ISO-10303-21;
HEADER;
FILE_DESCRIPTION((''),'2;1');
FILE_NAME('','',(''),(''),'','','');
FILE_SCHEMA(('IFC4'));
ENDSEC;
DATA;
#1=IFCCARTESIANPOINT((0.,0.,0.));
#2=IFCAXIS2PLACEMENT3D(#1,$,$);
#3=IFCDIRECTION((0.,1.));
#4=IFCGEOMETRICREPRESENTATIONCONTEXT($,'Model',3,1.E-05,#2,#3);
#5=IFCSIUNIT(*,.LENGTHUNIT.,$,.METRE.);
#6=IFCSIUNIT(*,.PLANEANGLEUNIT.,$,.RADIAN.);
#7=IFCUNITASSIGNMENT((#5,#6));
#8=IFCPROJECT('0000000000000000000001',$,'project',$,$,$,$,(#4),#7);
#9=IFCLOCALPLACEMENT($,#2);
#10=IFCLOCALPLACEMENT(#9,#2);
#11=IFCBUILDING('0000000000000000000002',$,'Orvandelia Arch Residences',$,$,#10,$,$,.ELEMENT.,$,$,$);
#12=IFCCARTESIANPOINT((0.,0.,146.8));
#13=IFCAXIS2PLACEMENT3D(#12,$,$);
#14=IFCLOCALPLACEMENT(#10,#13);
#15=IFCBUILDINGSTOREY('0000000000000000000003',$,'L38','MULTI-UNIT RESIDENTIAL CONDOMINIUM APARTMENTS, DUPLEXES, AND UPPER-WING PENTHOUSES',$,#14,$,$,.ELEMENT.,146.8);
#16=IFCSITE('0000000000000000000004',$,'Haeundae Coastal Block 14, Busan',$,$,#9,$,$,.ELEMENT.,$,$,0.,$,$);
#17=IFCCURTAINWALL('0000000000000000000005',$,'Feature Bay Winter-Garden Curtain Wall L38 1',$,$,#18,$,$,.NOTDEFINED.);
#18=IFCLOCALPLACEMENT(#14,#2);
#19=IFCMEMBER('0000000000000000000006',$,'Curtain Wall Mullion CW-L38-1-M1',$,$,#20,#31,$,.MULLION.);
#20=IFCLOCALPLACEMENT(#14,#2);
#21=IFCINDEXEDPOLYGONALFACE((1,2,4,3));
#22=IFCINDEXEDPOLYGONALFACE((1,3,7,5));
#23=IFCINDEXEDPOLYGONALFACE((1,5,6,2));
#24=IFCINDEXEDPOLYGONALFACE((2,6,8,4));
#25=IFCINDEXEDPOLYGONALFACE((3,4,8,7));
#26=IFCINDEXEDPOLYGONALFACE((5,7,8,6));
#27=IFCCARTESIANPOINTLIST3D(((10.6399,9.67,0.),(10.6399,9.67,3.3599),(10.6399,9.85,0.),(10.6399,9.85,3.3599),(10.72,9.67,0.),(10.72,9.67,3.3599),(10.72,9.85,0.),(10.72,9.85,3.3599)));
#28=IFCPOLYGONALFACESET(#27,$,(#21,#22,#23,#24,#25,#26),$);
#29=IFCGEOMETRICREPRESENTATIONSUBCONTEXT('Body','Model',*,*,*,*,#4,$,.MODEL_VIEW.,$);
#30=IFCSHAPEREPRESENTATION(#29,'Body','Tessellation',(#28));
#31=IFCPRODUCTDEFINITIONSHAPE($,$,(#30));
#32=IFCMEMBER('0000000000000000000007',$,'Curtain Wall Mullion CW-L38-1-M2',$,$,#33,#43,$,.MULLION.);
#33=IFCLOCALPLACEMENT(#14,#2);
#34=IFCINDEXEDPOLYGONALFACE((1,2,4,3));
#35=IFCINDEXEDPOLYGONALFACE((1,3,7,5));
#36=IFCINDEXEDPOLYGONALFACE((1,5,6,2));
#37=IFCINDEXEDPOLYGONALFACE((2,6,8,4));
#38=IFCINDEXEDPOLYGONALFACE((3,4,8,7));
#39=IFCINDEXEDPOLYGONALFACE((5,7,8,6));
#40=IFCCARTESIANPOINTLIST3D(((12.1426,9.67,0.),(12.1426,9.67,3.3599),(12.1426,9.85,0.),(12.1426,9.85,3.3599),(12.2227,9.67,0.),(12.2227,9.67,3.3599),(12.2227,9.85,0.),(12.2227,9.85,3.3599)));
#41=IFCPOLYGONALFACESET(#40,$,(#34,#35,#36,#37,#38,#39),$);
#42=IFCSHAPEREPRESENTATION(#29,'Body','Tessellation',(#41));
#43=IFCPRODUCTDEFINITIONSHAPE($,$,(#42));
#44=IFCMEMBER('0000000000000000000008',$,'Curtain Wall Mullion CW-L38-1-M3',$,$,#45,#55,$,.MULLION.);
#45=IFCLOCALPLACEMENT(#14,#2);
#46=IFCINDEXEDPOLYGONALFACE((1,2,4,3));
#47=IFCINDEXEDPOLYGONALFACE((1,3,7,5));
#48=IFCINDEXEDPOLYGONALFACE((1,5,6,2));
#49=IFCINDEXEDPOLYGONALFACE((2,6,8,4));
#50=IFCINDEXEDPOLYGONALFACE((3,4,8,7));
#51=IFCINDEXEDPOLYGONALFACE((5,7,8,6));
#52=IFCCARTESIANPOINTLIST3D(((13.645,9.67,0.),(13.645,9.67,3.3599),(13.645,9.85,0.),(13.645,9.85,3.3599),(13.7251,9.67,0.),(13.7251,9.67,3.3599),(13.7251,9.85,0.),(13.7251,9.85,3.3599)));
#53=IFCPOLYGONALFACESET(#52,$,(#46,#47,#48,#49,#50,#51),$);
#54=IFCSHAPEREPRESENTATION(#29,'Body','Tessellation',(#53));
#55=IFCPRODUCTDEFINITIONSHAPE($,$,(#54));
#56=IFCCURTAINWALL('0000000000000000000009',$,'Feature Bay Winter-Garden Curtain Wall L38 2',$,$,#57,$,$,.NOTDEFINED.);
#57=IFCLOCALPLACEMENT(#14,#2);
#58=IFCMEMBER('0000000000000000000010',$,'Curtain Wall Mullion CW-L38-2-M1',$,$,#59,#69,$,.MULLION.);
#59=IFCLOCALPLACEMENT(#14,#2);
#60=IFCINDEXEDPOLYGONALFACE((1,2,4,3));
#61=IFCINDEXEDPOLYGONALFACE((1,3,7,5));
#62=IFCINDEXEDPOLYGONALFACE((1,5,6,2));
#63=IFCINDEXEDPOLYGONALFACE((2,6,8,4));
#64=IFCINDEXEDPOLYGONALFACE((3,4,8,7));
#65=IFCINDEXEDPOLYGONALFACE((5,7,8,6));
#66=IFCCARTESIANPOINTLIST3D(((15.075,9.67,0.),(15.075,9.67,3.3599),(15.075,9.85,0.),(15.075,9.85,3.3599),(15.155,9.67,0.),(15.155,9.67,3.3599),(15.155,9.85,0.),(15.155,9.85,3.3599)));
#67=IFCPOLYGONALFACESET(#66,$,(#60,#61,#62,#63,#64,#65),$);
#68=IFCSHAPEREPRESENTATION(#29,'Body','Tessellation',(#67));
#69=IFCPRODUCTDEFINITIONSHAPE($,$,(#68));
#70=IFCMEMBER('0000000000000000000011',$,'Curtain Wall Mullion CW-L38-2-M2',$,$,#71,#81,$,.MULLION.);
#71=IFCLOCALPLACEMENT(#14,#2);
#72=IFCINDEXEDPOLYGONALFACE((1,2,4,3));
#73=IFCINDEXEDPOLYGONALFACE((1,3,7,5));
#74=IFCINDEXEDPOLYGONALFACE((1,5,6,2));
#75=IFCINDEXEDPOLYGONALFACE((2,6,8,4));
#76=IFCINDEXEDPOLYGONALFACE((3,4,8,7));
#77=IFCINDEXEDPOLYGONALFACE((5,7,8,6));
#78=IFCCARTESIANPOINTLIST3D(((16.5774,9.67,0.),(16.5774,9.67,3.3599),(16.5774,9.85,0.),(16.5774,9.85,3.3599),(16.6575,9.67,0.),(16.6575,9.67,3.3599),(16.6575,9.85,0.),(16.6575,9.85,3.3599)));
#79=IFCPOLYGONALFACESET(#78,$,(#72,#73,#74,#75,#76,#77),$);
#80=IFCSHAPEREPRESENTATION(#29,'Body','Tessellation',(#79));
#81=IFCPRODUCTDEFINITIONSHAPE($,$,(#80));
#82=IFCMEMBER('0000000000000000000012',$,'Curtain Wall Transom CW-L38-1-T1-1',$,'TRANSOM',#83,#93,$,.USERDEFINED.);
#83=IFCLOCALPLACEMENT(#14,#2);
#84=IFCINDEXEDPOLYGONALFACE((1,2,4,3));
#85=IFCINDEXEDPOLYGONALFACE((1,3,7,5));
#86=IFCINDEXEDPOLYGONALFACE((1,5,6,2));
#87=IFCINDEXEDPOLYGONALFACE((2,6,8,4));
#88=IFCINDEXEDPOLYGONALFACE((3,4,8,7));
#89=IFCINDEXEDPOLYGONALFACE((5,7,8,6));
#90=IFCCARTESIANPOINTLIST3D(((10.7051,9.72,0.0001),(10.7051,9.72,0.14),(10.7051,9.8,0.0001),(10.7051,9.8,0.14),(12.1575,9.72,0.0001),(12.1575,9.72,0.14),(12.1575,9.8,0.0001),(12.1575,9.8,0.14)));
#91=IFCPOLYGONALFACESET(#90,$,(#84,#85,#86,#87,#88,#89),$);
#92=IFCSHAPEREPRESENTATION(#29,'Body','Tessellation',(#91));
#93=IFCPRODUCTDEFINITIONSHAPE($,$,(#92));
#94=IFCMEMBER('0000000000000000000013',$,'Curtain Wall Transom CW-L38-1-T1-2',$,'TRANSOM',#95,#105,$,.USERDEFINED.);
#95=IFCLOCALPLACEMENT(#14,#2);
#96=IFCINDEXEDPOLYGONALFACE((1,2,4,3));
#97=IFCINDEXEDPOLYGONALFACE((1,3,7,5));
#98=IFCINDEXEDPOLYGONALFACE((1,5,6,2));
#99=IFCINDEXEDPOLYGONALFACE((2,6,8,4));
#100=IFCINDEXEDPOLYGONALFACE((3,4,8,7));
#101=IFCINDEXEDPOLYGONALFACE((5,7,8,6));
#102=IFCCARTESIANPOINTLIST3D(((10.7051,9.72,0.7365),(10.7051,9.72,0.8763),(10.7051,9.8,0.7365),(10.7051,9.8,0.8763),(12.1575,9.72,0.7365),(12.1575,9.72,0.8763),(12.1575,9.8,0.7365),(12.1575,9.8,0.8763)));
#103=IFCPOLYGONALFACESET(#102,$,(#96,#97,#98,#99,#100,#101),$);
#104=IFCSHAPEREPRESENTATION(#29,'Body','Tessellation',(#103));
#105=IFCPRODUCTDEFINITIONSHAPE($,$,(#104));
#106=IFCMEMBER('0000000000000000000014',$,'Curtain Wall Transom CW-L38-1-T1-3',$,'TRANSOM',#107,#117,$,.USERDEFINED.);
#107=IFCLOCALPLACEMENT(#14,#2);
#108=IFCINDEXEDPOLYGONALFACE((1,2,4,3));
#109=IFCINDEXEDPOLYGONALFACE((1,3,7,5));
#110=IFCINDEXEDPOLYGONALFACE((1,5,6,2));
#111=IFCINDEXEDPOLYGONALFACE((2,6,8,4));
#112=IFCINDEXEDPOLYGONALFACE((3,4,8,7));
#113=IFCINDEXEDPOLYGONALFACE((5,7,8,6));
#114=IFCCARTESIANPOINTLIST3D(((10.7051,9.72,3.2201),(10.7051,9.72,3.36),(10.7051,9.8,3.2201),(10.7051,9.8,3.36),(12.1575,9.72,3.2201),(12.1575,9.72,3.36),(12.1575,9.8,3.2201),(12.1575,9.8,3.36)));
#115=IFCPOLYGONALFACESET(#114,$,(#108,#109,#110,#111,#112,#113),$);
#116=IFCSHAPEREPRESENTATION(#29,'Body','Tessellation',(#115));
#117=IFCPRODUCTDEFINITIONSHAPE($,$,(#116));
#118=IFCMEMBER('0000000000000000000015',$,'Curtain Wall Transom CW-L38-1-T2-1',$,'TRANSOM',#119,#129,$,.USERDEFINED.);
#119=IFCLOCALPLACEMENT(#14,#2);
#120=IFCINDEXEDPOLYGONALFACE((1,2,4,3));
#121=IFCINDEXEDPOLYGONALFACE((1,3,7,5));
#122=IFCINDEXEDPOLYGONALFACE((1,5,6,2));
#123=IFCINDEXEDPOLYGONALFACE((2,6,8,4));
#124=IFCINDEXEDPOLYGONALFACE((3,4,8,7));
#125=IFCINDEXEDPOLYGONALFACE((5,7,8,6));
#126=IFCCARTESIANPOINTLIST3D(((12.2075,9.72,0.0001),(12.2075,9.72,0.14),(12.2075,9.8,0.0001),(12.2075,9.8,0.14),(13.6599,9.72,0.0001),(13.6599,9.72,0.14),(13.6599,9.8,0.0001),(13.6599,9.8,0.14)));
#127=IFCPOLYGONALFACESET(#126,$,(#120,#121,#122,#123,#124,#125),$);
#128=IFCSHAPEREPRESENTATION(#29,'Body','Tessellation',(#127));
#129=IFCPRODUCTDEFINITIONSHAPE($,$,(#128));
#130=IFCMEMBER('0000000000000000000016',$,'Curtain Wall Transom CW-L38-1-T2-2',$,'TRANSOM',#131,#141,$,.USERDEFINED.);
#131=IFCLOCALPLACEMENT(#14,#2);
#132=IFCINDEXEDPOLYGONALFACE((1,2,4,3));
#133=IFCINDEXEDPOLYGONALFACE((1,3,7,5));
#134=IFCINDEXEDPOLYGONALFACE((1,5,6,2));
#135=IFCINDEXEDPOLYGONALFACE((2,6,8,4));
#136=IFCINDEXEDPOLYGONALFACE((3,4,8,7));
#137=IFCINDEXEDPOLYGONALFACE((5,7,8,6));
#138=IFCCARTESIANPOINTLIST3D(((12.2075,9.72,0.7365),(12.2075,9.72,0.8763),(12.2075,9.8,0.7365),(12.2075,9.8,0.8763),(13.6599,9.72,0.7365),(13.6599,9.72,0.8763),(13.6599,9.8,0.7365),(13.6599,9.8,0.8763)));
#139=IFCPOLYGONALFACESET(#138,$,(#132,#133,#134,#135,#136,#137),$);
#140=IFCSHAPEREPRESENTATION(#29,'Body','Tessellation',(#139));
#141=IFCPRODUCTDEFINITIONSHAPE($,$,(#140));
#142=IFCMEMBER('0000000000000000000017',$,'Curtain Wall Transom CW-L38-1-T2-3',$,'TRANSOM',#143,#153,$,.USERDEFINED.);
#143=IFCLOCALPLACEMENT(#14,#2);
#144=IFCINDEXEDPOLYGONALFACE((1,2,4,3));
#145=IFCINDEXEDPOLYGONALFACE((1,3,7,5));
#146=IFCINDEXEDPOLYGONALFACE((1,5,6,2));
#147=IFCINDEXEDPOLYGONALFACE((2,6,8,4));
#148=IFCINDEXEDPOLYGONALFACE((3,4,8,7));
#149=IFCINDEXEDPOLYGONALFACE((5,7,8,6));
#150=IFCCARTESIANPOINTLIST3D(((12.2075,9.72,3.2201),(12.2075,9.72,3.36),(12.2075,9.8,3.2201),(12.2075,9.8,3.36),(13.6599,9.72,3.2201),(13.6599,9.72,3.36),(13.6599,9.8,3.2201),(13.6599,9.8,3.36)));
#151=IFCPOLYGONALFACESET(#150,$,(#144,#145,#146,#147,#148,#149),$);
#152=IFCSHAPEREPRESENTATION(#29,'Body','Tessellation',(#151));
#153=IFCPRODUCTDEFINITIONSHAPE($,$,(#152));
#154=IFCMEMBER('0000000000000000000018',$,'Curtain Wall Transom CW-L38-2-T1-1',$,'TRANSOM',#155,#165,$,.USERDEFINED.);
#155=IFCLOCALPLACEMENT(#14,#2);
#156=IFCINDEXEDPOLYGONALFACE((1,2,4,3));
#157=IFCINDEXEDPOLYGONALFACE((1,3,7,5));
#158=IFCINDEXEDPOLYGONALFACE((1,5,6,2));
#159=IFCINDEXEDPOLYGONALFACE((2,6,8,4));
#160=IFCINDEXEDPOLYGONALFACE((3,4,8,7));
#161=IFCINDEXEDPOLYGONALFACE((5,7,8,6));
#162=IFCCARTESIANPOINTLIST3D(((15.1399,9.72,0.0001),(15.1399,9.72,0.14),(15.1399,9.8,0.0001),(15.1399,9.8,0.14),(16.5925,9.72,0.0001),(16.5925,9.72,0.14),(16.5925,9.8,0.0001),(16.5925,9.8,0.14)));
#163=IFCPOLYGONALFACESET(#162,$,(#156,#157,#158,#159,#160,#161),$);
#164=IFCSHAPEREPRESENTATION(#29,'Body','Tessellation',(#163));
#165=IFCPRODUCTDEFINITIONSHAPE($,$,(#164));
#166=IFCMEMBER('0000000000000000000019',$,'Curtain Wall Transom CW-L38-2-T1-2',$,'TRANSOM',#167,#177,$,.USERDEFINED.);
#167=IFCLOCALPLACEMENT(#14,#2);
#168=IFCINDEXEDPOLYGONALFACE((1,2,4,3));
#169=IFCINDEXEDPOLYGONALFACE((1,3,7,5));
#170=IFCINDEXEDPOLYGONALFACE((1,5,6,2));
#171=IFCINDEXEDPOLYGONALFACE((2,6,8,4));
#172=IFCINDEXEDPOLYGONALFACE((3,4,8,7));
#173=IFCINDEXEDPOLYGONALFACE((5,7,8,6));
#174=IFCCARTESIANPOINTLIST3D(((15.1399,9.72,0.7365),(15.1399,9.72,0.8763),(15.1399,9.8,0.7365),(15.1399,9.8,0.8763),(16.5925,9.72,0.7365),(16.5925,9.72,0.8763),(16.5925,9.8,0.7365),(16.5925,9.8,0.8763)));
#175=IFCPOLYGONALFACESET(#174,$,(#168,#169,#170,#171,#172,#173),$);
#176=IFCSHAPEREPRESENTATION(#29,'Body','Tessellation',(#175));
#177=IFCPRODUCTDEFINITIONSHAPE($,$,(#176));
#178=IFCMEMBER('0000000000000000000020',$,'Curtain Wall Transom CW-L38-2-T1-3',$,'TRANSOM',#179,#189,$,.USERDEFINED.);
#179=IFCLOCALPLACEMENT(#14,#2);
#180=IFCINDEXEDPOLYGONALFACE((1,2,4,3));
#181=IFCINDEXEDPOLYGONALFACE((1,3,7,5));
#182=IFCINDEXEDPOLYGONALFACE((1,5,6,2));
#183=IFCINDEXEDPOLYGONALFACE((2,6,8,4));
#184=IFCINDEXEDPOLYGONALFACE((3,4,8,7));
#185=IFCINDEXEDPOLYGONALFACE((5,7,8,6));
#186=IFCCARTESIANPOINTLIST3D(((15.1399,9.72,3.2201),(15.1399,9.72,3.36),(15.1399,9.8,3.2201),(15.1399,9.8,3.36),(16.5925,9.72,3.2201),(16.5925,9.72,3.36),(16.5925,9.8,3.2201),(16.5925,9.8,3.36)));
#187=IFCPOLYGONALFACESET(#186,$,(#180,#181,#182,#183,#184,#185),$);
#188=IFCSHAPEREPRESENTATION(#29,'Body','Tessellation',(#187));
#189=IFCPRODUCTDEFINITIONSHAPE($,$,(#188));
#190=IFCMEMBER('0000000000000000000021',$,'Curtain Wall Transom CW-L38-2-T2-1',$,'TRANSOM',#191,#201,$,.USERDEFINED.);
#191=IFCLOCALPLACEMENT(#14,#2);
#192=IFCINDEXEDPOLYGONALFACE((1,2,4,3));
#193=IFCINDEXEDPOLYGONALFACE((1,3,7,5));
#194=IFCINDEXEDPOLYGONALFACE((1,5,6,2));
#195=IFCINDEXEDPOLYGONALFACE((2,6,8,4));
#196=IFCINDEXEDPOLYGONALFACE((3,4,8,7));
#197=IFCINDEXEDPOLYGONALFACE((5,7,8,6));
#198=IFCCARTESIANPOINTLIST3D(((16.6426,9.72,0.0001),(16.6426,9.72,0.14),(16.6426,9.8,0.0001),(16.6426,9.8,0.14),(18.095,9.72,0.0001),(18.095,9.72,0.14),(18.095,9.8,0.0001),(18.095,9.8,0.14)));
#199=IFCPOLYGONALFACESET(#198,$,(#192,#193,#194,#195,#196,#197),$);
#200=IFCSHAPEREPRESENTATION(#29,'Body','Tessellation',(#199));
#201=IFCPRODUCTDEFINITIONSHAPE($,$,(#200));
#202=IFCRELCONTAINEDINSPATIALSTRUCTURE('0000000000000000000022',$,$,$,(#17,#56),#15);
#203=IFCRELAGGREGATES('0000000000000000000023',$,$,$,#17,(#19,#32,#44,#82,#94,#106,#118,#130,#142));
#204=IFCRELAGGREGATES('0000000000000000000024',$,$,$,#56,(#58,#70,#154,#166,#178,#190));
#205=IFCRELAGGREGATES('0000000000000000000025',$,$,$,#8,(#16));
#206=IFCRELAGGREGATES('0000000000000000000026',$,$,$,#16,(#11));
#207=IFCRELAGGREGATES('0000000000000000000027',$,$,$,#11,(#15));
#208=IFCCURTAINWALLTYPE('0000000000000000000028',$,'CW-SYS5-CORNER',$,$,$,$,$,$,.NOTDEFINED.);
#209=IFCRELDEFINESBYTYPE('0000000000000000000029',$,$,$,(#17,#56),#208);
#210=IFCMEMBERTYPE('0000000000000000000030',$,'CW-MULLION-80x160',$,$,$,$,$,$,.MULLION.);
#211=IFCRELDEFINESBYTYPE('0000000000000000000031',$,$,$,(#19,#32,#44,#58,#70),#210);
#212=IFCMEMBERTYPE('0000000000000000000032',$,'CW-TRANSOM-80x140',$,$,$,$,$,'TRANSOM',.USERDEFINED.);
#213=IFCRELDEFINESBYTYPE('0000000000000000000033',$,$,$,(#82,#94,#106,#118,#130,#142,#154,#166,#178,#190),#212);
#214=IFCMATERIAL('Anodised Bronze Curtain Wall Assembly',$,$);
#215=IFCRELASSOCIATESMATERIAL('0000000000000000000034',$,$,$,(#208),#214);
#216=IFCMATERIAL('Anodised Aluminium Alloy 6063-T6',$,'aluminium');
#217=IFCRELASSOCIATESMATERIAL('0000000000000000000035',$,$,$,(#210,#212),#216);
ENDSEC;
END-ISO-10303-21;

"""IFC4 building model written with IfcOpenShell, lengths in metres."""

from ifc_helpers import new_model, si_unit, direction, frame, origin, origin_2d, place, context, subcontext, project, spatial, rectangle, extrude, material, material_profile, profile_set, type_object, element, aggregate, save


model = new_model("IFC4")

# Units and contexts
model_context = context("Model", 3, precision=1e-05, world=origin(), true_north=direction((0.0, 1.0)))
body_context = subcontext(model_context, "Body", "Model", "MODEL_VIEW")
ifc_project = project(units=[si_unit("LENGTHUNIT", "METRE"), si_unit("PLANEANGLEUNIT", "RADIAN")], contexts=[model_context])

# Site, building, storey
site_placement = place(None, origin())
site = spatial("IfcSite", under=ifc_project, at=site_placement, Name="Haeundae Coastal Block 14, Busan", CompositionType="ELEMENT", RefElevation=0.0)
building_placement = place(site_placement, origin())
building = spatial("IfcBuilding", under=site, at=building_placement, Name="Orvandelia Arch Residences", CompositionType="ELEMENT")
storey_placement = place(building_placement, frame((0.0, 0.0, 146.8)))
storey = spatial("IfcBuildingStorey", under=building, at=storey_placement, Name="L38", Description="MULTI-UNIT RESIDENTIAL CONDOMINIUM APARTMENTS, DUPLEXES, AND UPPER-WING PENTHOUSES", CompositionType="ELEMENT", Elevation=146.8)

# Curtain walls, members
ifc_material_1 = material(Name="Anodised Bronze Curtain Wall Assembly")
curtain_wall_type = type_object("IfcCurtainWallType", Name="CW-SYS5-CORNER", PredefinedType="NOTDEFINED", material=ifc_material_1)
curtain_wall_1_placement = place(storey_placement, origin())
curtain_wall_1 = element("IfcCurtainWall", 1, at=curtain_wall_1_placement, inside=storey, type_object=curtain_wall_type, Name="Feature Bay Winter-Garden Curtain Wall L38 1", PredefinedType="NOTDEFINED")
ifc_material_2 = material(Name="Anodised Aluminium Alloy 6063-T6", Category="aluminium")
ifc_material_profile_1 = material_profile(ifc_material_2, rectangle(XDim=0.0801, YDim=0.1799, at=origin_2d()), Name="Anodised Aluminium Alloy 6063-T6", Category="aluminium")
ifc_profile_set_1 = profile_set([ifc_material_profile_1], Name="Anodised Aluminium Alloy 6063-T6")
member_type_1 = type_object("IfcMemberType", Name="CW-MULLION-80x160", PredefinedType="MULLION", material=ifc_profile_set_1)
member_1_placement = place(storey_placement, frame((10.6799, 9.76, 0.0), z_axis=(0.0, 0.0, 1.0), x_axis=(1.0, 0.0, 0.0)))
member_1 = element("IfcMember", 2, at=member_1_placement, type_object=member_type_1, Name="Curtain Wall Mullion CW-L38-1-M1", PredefinedType="MULLION", context=body_context, shape_type="SweptSolid", body=[
    extrude(rectangle(XDim=0.0801, YDim=0.1799, at=origin_2d()), origin(), (0.0, 0.0, 1.0), 3.3599),
])
member_2_placement = place(storey_placement, frame((12.1826, 9.76, 0.0), z_axis=(0.0, 0.0, 1.0), x_axis=(1.0, 0.0, 0.0)))
member_2 = element("IfcMember", 3, at=member_2_placement, type_object=member_type_1, Name="Curtain Wall Mullion CW-L38-1-M2", PredefinedType="MULLION", context=body_context, shape_type="SweptSolid", body=[
    extrude(rectangle(XDim=0.0801, YDim=0.1799, at=origin_2d()), origin(), (0.0, 0.0, 1.0), 3.3599),
])
member_3_placement = place(storey_placement, frame((13.6851, 9.76, 0.0), z_axis=(0.0, 0.0, 1.0), x_axis=(1.0, 0.0, 0.0)))
member_3 = element("IfcMember", 4, at=member_3_placement, type_object=member_type_1, Name="Curtain Wall Mullion CW-L38-1-M3", PredefinedType="MULLION", context=body_context, shape_type="SweptSolid", body=[
    extrude(rectangle(XDim=0.0801, YDim=0.1799, at=origin_2d()), origin(), (0.0, 0.0, 1.0), 3.3599),
])
curtain_wall_2_placement = place(storey_placement, origin())
curtain_wall_2 = element("IfcCurtainWall", 5, at=curtain_wall_2_placement, inside=storey, type_object=curtain_wall_type, Name="Feature Bay Winter-Garden Curtain Wall L38 2", PredefinedType="NOTDEFINED")
member_4_placement = place(storey_placement, frame((15.115, 9.76, 0.0), z_axis=(0.0, 0.0, 1.0), x_axis=(1.0, 0.0, 0.0)))
member_4 = element("IfcMember", 6, at=member_4_placement, type_object=member_type_1, Name="Curtain Wall Mullion CW-L38-2-M1", PredefinedType="MULLION", context=body_context, shape_type="SweptSolid", body=[
    extrude(rectangle(XDim=0.0801, YDim=0.1799, at=origin_2d()), origin(), (0.0, 0.0, 1.0), 3.3599),
])
member_5_placement = place(storey_placement, frame((16.6174, 9.76, 0.0), z_axis=(0.0, 0.0, 1.0), x_axis=(1.0, 0.0, 0.0)))
member_5 = element("IfcMember", 7, at=member_5_placement, type_object=member_type_1, Name="Curtain Wall Mullion CW-L38-2-M2", PredefinedType="MULLION", context=body_context, shape_type="SweptSolid", body=[
    extrude(rectangle(XDim=0.0801, YDim=0.1799, at=origin_2d()), origin(), (0.0, 0.0, 1.0), 3.3599),
])

# Members
ifc_material_profile_2 = material_profile(ifc_material_2, rectangle(XDim=0.0801, YDim=0.1399, at=origin_2d()), Name="Anodised Aluminium Alloy 6063-T6", Category="aluminium")
ifc_profile_set_2 = profile_set([ifc_material_profile_2], Name="Anodised Aluminium Alloy 6063-T6")
member_type_2 = type_object("IfcMemberType", Name="CW-TRANSOM-80x140", ElementType="TRANSOM", PredefinedType="USERDEFINED", material=ifc_profile_set_2)
member_6_placement = place(storey_placement, frame((10.7051, 9.76, 0.0701), z_axis=(1.0, 0.0, 0.0), x_axis=(0.0, 1.0, 0.0)))
member_6 = element("IfcMember", 8, at=member_6_placement, type_object=member_type_2, Name="Curtain Wall Transom CW-L38-1-T1-1", ObjectType="TRANSOM", PredefinedType="USERDEFINED", context=body_context, shape_type="SweptSolid", body=[
    extrude(rectangle(XDim=0.0801, YDim=0.1399, at=origin_2d()), origin(), (0.0, 0.0, 1.0), 1.4524),
])
member_7_placement = place(storey_placement, frame((10.7051, 9.76, 0.8064), z_axis=(1.0, 0.0, 0.0), x_axis=(0.0, 1.0, 0.0)))
member_7 = element("IfcMember", 9, at=member_7_placement, type_object=member_type_2, Name="Curtain Wall Transom CW-L38-1-T1-2", ObjectType="TRANSOM", PredefinedType="USERDEFINED", context=body_context, shape_type="SweptSolid", body=[
    extrude(rectangle(XDim=0.0801, YDim=0.1399, at=origin_2d()), origin(), (0.0, 0.0, 1.0), 1.4524),
])
member_8_placement = place(storey_placement, frame((10.7051, 9.76, 3.29), z_axis=(1.0, 0.0, 0.0), x_axis=(0.0, 1.0, 0.0)))
member_8 = element("IfcMember", 10, at=member_8_placement, type_object=member_type_2, Name="Curtain Wall Transom CW-L38-1-T1-3", ObjectType="TRANSOM", PredefinedType="USERDEFINED", context=body_context, shape_type="SweptSolid", body=[
    extrude(rectangle(XDim=0.0801, YDim=0.1399, at=origin_2d()), origin(), (0.0, 0.0, 1.0), 1.4524),
])
member_9_placement = place(storey_placement, frame((12.2075, 9.76, 0.0701), z_axis=(1.0, 0.0, 0.0), x_axis=(0.0, 1.0, 0.0)))
member_9 = element("IfcMember", 11, at=member_9_placement, type_object=member_type_2, Name="Curtain Wall Transom CW-L38-1-T2-1", ObjectType="TRANSOM", PredefinedType="USERDEFINED", context=body_context, shape_type="SweptSolid", body=[
    extrude(rectangle(XDim=0.0801, YDim=0.1399, at=origin_2d()), origin(), (0.0, 0.0, 1.0), 1.4524),
])
member_10_placement = place(storey_placement, frame((12.2075, 9.76, 0.8064), z_axis=(1.0, 0.0, 0.0), x_axis=(0.0, 1.0, 0.0)))
member_10 = element("IfcMember", 12, at=member_10_placement, type_object=member_type_2, Name="Curtain Wall Transom CW-L38-1-T2-2", ObjectType="TRANSOM", PredefinedType="USERDEFINED", context=body_context, shape_type="SweptSolid", body=[
    extrude(rectangle(XDim=0.0801, YDim=0.1399, at=origin_2d()), origin(), (0.0, 0.0, 1.0), 1.4524),
])
member_11_placement = place(storey_placement, frame((12.2075, 9.76, 3.29), z_axis=(1.0, 0.0, 0.0), x_axis=(0.0, 1.0, 0.0)))
member_11 = element("IfcMember", 13, at=member_11_placement, type_object=member_type_2, Name="Curtain Wall Transom CW-L38-1-T2-3", ObjectType="TRANSOM", PredefinedType="USERDEFINED", context=body_context, shape_type="SweptSolid", body=[
    extrude(rectangle(XDim=0.0801, YDim=0.1399, at=origin_2d()), origin(), (0.0, 0.0, 1.0), 1.4524),
])
member_12_placement = place(storey_placement, frame((15.1399, 9.76, 0.0701), z_axis=(1.0, 0.0, 0.0), x_axis=(0.0, 1.0, 0.0)))
member_12 = element("IfcMember", 14, at=member_12_placement, type_object=member_type_2, Name="Curtain Wall Transom CW-L38-2-T1-1", ObjectType="TRANSOM", PredefinedType="USERDEFINED", context=body_context, shape_type="SweptSolid", body=[
    extrude(rectangle(XDim=0.0801, YDim=0.1399, at=origin_2d()), origin(), (0.0, 0.0, 1.0), 1.4526),
])
member_13_placement = place(storey_placement, frame((15.1399, 9.76, 0.8064), z_axis=(1.0, 0.0, 0.0), x_axis=(0.0, 1.0, 0.0)))
member_13 = element("IfcMember", 15, at=member_13_placement, type_object=member_type_2, Name="Curtain Wall Transom CW-L38-2-T1-2", ObjectType="TRANSOM", PredefinedType="USERDEFINED", context=body_context, shape_type="SweptSolid", body=[
    extrude(rectangle(XDim=0.0801, YDim=0.1399, at=origin_2d()), origin(), (0.0, 0.0, 1.0), 1.4526),
])
member_14_placement = place(storey_placement, frame((15.1399, 9.76, 3.29), z_axis=(1.0, 0.0, 0.0), x_axis=(0.0, 1.0, 0.0)))
member_14 = element("IfcMember", 16, at=member_14_placement, type_object=member_type_2, Name="Curtain Wall Transom CW-L38-2-T1-3", ObjectType="TRANSOM", PredefinedType="USERDEFINED", context=body_context, shape_type="SweptSolid", body=[
    extrude(rectangle(XDim=0.0801, YDim=0.1399, at=origin_2d()), origin(), (0.0, 0.0, 1.0), 1.4526),
])
member_15_placement = place(storey_placement, frame((16.6426, 9.76, 0.0701), z_axis=(1.0, 0.0, 0.0), x_axis=(0.0, 1.0, 0.0)))
member_15 = element("IfcMember", 17, at=member_15_placement, type_object=member_type_2, Name="Curtain Wall Transom CW-L38-2-T2-1", ObjectType="TRANSOM", PredefinedType="USERDEFINED", context=body_context, shape_type="SweptSolid", body=[
    extrude(rectangle(XDim=0.0801, YDim=0.1399, at=origin_2d()), origin(), (0.0, 0.0, 1.0), 1.4524),
])

aggregate(curtain_wall_1, [member_1, member_2, member_3, member_6, member_7, member_8, member_9, member_10, member_11])
aggregate(curtain_wall_2, [member_4, member_5, member_12, member_13, member_14, member_15])

save(model, "model.ifc")
